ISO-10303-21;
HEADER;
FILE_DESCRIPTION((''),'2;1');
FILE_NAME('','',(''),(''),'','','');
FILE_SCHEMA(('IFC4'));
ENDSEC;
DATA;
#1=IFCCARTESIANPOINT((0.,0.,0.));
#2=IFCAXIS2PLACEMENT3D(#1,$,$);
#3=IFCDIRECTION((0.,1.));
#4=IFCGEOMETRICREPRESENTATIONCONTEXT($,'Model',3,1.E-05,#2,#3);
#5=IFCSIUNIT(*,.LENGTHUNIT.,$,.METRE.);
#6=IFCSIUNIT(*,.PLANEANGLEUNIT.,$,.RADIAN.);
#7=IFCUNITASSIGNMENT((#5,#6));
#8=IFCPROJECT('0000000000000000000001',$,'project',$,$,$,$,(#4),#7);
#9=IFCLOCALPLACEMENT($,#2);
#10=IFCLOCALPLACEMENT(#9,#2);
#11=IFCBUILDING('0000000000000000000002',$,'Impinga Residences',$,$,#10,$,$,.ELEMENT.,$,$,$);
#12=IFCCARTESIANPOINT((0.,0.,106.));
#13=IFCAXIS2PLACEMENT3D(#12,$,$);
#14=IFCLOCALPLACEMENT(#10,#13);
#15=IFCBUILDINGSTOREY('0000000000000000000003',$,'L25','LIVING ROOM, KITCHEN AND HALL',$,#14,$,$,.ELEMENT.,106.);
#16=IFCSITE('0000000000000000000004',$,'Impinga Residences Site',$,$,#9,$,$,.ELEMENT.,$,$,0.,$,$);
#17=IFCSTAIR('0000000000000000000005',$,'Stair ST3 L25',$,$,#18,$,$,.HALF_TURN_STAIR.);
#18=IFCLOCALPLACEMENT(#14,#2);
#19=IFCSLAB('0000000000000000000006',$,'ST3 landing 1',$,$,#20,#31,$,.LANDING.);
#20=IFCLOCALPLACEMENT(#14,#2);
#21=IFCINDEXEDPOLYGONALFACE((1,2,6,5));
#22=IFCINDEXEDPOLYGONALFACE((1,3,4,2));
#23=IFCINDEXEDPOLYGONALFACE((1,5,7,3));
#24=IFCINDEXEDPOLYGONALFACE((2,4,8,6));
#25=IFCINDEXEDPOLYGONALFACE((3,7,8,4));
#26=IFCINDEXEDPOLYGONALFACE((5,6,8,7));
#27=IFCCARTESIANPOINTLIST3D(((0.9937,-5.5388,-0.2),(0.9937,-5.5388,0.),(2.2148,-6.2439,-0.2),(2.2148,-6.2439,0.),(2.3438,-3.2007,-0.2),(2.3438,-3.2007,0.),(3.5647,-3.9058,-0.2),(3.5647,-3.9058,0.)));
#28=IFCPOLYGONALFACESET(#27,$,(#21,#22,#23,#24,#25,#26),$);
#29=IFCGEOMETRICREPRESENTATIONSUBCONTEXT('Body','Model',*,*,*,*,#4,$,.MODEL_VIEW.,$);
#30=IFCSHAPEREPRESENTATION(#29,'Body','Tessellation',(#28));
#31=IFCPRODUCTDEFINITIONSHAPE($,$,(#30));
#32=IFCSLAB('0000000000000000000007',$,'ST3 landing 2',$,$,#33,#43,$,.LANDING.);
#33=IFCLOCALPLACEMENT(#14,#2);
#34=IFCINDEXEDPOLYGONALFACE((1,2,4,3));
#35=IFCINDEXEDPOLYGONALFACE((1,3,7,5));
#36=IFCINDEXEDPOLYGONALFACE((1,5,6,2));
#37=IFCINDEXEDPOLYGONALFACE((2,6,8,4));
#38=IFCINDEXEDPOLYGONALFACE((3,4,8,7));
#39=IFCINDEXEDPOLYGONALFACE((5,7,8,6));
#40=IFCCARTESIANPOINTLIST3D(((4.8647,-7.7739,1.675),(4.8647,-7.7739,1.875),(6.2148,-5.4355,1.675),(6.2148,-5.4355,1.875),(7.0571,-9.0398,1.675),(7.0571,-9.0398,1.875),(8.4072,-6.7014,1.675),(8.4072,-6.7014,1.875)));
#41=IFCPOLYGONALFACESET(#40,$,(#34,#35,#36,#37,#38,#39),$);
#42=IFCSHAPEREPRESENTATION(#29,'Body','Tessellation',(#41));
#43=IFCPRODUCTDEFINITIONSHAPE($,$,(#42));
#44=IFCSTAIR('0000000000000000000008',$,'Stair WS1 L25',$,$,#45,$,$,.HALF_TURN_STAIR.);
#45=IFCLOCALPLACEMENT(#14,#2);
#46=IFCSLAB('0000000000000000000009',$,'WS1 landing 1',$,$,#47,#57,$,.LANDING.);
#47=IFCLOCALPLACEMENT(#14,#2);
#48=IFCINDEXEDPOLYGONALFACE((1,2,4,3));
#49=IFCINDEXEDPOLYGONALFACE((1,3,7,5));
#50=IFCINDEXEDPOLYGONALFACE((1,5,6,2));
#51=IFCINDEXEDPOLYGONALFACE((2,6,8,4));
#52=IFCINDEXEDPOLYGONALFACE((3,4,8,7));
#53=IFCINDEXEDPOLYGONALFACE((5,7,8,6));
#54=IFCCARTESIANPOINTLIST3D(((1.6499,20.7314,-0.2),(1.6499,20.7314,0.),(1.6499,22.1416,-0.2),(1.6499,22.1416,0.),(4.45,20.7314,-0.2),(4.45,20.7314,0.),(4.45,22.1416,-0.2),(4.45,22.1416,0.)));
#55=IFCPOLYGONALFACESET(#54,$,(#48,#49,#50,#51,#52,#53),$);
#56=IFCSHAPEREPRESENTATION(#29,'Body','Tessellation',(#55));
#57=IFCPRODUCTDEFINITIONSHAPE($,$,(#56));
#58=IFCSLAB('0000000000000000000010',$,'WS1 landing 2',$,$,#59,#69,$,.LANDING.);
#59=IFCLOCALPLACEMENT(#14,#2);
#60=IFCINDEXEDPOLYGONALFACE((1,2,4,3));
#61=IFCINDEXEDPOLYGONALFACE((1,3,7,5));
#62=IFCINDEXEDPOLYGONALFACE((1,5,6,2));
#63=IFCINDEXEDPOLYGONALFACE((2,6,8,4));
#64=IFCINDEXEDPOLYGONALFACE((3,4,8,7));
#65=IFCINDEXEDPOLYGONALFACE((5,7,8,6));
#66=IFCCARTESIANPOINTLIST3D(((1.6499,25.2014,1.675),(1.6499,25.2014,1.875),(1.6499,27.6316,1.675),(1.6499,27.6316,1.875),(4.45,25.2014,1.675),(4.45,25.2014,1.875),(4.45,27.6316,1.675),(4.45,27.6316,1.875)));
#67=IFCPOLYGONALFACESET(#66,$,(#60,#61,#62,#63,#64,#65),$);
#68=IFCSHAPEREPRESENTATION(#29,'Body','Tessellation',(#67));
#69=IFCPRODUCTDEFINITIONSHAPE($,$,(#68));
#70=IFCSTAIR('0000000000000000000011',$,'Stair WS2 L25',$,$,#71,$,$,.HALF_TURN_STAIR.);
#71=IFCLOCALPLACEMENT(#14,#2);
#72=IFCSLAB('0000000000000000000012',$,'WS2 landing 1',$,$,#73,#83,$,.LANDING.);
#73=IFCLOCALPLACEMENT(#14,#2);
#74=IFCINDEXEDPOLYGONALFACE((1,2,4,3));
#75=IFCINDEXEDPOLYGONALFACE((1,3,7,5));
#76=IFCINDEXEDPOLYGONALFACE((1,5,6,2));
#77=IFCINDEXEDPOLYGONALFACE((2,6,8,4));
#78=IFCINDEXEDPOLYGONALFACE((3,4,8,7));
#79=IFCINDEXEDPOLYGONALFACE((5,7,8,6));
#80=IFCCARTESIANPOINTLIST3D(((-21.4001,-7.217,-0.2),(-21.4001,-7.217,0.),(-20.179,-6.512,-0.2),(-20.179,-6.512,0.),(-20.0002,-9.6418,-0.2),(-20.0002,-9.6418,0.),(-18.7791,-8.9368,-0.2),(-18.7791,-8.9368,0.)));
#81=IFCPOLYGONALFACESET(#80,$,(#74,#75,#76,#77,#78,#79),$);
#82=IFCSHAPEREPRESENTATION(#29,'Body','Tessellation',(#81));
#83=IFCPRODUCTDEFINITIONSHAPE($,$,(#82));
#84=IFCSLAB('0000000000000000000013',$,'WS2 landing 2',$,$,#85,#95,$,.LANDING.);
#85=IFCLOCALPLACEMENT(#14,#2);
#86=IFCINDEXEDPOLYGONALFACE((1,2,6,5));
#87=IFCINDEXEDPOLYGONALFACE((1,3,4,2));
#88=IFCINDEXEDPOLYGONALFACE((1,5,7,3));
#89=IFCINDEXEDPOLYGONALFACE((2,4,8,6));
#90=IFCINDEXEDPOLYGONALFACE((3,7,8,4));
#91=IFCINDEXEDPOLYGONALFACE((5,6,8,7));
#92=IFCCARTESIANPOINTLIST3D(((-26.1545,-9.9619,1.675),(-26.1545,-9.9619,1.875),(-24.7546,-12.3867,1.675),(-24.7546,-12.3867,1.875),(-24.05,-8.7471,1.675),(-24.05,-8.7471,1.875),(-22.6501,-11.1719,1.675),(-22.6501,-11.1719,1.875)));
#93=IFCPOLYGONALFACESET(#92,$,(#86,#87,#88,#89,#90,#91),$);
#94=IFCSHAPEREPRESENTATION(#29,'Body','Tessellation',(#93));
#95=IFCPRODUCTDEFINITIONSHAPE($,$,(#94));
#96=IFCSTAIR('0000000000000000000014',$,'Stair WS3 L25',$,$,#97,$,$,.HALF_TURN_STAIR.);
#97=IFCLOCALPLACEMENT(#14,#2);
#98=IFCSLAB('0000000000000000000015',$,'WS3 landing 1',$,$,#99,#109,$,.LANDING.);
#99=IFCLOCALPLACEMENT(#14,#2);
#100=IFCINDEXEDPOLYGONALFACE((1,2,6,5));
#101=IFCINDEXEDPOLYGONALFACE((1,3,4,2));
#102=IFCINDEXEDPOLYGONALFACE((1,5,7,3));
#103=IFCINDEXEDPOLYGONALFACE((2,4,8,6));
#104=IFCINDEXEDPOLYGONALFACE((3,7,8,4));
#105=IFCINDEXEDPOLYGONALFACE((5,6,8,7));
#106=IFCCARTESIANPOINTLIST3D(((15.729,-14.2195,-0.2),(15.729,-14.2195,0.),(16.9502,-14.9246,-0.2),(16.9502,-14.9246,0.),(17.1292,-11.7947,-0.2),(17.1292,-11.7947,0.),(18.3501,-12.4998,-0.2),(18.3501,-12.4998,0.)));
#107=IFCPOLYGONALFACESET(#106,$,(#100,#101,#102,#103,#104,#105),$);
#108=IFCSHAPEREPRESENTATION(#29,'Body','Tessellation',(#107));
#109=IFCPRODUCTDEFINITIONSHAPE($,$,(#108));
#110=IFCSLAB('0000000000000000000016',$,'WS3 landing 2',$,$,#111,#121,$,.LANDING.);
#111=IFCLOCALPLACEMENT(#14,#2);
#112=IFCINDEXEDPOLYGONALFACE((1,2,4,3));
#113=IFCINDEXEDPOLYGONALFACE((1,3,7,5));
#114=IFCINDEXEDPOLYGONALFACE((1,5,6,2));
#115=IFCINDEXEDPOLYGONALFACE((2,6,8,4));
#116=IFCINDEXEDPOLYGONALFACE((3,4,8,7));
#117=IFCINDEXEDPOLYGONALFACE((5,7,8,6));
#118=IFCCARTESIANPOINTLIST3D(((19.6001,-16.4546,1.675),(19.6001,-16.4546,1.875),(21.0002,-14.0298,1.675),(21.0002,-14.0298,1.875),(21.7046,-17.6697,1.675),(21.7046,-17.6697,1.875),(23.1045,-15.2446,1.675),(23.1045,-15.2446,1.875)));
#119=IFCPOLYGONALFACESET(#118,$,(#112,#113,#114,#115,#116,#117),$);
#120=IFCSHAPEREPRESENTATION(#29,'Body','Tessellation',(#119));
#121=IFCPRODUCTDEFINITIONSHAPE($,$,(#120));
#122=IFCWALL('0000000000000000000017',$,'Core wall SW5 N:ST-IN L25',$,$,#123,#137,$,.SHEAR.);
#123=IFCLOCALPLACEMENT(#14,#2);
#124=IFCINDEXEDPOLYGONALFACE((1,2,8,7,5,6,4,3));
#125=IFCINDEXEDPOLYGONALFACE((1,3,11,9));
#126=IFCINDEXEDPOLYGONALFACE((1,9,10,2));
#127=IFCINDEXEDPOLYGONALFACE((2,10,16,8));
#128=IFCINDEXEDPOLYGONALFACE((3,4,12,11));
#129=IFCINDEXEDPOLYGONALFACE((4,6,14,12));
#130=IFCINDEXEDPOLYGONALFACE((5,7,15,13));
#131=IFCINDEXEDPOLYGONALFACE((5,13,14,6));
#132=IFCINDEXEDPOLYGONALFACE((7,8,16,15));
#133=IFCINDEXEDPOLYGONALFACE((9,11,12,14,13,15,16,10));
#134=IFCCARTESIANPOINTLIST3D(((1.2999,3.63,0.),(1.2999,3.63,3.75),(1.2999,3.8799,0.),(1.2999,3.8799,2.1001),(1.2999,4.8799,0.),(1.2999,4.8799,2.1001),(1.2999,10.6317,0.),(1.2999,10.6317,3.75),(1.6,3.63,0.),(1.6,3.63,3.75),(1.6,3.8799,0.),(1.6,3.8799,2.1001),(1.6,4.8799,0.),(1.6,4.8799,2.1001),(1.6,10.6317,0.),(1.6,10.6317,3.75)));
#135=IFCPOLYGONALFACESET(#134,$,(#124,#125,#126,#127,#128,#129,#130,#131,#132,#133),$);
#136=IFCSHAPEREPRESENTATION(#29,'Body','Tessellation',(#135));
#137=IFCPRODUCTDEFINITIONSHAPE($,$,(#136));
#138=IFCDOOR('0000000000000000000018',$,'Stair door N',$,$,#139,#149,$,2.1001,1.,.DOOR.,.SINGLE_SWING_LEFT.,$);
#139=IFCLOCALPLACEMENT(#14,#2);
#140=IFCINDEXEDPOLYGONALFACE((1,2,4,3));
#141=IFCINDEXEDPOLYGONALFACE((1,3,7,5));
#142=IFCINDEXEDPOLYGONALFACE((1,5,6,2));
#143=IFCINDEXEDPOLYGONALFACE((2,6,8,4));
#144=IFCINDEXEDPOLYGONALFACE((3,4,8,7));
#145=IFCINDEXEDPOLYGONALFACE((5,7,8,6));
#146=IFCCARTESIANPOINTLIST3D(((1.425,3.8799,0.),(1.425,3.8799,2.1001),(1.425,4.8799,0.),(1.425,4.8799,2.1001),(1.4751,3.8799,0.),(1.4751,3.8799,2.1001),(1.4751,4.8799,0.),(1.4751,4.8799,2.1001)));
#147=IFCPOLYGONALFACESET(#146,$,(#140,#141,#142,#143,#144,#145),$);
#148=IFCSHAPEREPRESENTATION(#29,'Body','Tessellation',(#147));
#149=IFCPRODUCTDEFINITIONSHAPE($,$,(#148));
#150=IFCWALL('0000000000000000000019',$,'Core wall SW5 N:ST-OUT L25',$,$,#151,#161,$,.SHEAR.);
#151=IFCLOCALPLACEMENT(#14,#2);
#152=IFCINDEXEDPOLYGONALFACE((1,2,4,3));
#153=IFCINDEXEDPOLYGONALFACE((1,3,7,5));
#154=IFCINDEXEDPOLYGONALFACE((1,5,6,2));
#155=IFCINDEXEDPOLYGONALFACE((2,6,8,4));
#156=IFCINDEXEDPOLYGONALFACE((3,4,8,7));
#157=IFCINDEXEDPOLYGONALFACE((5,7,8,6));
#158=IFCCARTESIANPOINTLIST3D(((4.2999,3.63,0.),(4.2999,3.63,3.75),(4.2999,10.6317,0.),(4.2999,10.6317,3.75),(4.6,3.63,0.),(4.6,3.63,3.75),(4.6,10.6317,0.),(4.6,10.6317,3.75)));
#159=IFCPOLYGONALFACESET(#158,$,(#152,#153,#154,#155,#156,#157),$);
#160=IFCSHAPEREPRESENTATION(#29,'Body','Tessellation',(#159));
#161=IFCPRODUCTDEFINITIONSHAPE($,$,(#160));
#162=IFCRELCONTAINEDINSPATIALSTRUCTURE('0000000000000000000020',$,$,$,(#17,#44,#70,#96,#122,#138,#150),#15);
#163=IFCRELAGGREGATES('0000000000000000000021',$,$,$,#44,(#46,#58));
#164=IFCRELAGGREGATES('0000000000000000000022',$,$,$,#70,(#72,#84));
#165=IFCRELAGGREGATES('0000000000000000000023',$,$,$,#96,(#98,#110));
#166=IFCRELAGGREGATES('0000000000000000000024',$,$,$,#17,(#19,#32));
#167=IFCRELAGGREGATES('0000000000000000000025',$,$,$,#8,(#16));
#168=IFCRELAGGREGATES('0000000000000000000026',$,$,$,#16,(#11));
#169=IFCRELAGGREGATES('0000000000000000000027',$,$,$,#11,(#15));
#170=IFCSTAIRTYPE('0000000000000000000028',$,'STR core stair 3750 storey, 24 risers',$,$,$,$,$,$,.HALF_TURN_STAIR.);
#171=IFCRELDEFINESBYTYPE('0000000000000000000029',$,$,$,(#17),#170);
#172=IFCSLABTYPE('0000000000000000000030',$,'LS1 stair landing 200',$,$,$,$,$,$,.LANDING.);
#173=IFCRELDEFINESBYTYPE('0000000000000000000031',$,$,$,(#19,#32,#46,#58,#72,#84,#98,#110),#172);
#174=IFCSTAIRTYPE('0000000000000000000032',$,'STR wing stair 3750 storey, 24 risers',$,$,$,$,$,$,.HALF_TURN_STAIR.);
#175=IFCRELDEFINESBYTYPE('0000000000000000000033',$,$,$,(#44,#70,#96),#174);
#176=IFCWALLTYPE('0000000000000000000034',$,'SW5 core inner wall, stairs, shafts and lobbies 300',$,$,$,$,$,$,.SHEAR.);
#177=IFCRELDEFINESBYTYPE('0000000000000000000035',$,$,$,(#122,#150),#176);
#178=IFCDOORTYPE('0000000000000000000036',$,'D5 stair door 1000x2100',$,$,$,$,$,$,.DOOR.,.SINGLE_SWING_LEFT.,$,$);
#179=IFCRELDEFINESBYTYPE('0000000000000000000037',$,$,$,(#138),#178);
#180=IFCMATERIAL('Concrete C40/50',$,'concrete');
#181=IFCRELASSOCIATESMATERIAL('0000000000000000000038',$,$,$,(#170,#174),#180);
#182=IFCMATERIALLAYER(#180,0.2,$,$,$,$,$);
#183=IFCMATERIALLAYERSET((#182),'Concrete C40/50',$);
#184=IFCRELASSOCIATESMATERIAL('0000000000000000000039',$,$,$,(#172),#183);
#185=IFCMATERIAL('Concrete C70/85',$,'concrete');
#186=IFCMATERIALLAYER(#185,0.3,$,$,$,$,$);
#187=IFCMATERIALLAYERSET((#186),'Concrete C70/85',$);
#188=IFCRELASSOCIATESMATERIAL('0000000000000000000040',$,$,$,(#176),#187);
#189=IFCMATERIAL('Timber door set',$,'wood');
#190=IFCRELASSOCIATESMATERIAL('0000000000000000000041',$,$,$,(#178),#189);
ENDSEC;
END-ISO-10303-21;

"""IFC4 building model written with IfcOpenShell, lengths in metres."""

from ifc_helpers import new_model, si_unit, direction, frame, frame_2d, origin, place, context, subcontext, project, spatial, polyline, rectangle, outline, extrude, material, layer, layer_set, type_object, element, fill, aggregate, save


model = new_model("IFC4")

# Units and contexts
model_context = context("Model", 3, precision=1e-05, world=origin(), true_north=direction((0.0, 1.0)))
body_context = subcontext(model_context, "Body", "Model", "MODEL_VIEW")
ifc_project = project(units=[si_unit("LENGTHUNIT", "METRE"), si_unit("PLANEANGLEUNIT", "RADIAN")], contexts=[model_context])

# Site, building, storey
site_placement = place(None, origin())
site = spatial("IfcSite", under=ifc_project, at=site_placement, Name="Impinga Residences Site", CompositionType="ELEMENT", RefElevation=0.0)
building_placement = place(site_placement, origin())
building = spatial("IfcBuilding", under=site, at=building_placement, Name="Impinga Residences", CompositionType="ELEMENT")
storey_placement = place(building_placement, frame((0.0, 0.0, 106.0)))
storey = spatial("IfcBuildingStorey", under=building, at=storey_placement, Name="L25", Description="LIVING ROOM, KITCHEN AND HALL", CompositionType="ELEMENT", Elevation=106.0)

# Stairs, slabs
ifc_material_1 = material(Name="Concrete C40/50", Category="concrete")
stair_type_1 = type_object("IfcStairType", Name="STR core stair 3750 storey, 24 risers", PredefinedType="HALF_TURN_STAIR", material=ifc_material_1)
stair_1_placement = place(storey_placement, origin())
stair_1 = element("IfcStair", 1, at=stair_1_placement, inside=storey, type_object=stair_type_1, Name="Stair ST3 L25", PredefinedType="HALF_TURN_STAIR")
ifc_layer_1 = layer(ifc_material_1, 0.2)
ifc_layer_set_1 = layer_set([ifc_layer_1], Name="Concrete C40/50")
slab_type = type_object("IfcSlabType", Name="LS1 stair landing 200", PredefinedType="LANDING", material=ifc_layer_set_1)
slab_1_placement = place(storey_placement, frame((0.0, 0.0, -0.2)))
slab_1 = element("IfcSlab", 2, at=slab_1_placement, type_object=slab_type, Name="ST3 landing 1", PredefinedType="LANDING", context=body_context, shape_type="SweptSolid", body=[
    extrude(outline(polyline([(2.3438, -3.2007), (0.9937, -5.5388), (2.2148, -6.2439), (3.5647, -3.9058), (2.3438, -3.2007)])), origin(), (0.0, 0.0, 1.0), 0.2),
])
slab_2_placement = place(storey_placement, frame((0.0, 0.0, 1.675)))
slab_2 = element("IfcSlab", 3, at=slab_2_placement, type_object=slab_type, Name="ST3 landing 2", PredefinedType="LANDING", context=body_context, shape_type="SweptSolid", body=[
    extrude(outline(polyline([(6.2148, -5.4355), (4.8647, -7.7739), (7.0571, -9.0398), (8.4072, -6.7014), (6.2148, -5.4355)])), origin(), (0.0, 0.0, 1.0), 0.2),
])
stair_type_2 = type_object("IfcStairType", Name="STR wing stair 3750 storey, 24 risers", PredefinedType="HALF_TURN_STAIR", material=ifc_material_1)
stair_2_placement = place(storey_placement, origin())
stair_2 = element("IfcStair", 4, at=stair_2_placement, inside=storey, type_object=stair_type_2, Name="Stair WS1 L25", PredefinedType="HALF_TURN_STAIR")
slab_3_placement = place(storey_placement, frame((0.0, 0.0, -0.2)))
slab_3 = element("IfcSlab", 5, at=slab_3_placement, type_object=slab_type, Name="WS1 landing 1", PredefinedType="LANDING", context=body_context, shape_type="SweptSolid", body=[
    extrude(outline(polyline([(1.6499, 20.7314), (4.45, 20.7314), (4.45, 22.1416), (1.6499, 22.1416), (1.6499, 20.7314)])), origin(), (0.0, 0.0, 1.0), 0.2),
])
slab_4_placement = place(storey_placement, frame((0.0, 0.0, 1.675)))
slab_4 = element("IfcSlab", 6, at=slab_4_placement, type_object=slab_type, Name="WS1 landing 2", PredefinedType="LANDING", context=body_context, shape_type="SweptSolid", body=[
    extrude(outline(polyline([(1.6499, 25.2014), (4.45, 25.2014), (4.45, 27.6316), (1.6499, 27.6316), (1.6499, 25.2014)])), origin(), (0.0, 0.0, 1.0), 0.2),
])
aggregate(stair_2, [slab_3, slab_4])
stair_3_placement = place(storey_placement, origin())
stair_3 = element("IfcStair", 7, at=stair_3_placement, inside=storey, type_object=stair_type_2, Name="Stair WS2 L25", PredefinedType="HALF_TURN_STAIR")
slab_5_placement = place(storey_placement, frame((0.0, 0.0, -0.2)))
slab_5 = element("IfcSlab", 8, at=slab_5_placement, type_object=slab_type, Name="WS2 landing 1", PredefinedType="LANDING", context=body_context, shape_type="SweptSolid", body=[
    extrude(outline(polyline([(-18.7791, -8.9368), (-20.179, -6.512), (-21.4001, -7.217), (-20.0002, -9.6418), (-18.7791, -8.9368)])), origin(), (0.0, 0.0, 1.0), 0.2),
])
slab_6_placement = place(storey_placement, frame((0.0, 0.0, 1.675)))
slab_6 = element("IfcSlab", 9, at=slab_6_placement, type_object=slab_type, Name="WS2 landing 2", PredefinedType="LANDING", context=body_context, shape_type="SweptSolid", body=[
    extrude(outline(polyline([(-22.6501, -11.1719), (-24.05, -8.7471), (-26.1545, -9.9619), (-24.7546, -12.3867), (-22.6501, -11.1719)])), origin(), (0.0, 0.0, 1.0), 0.2),
])
aggregate(stair_3, [slab_5, slab_6])
stair_4_placement = place(storey_placement, origin())
stair_4 = element("IfcStair", 10, at=stair_4_placement, inside=storey, type_object=stair_type_2, Name="Stair WS3 L25", PredefinedType="HALF_TURN_STAIR")
slab_7_placement = place(storey_placement, frame((0.0, 0.0, -0.2)))
slab_7 = element("IfcSlab", 11, at=slab_7_placement, type_object=slab_type, Name="WS3 landing 1", PredefinedType="LANDING", context=body_context, shape_type="SweptSolid", body=[
    extrude(outline(polyline([(17.1292, -11.7947), (15.729, -14.2195), (16.9502, -14.9246), (18.3501, -12.4998), (17.1292, -11.7947)])), origin(), (0.0, 0.0, 1.0), 0.2),
])
slab_8_placement = place(storey_placement, frame((0.0, 0.0, 1.675)))
slab_8 = element("IfcSlab", 12, at=slab_8_placement, type_object=slab_type, Name="WS3 landing 2", PredefinedType="LANDING", context=body_context, shape_type="SweptSolid", body=[
    extrude(outline(polyline([(21.0002, -14.0298), (19.6001, -16.4546), (21.7046, -17.6697), (23.1045, -15.2446), (21.0002, -14.0298)])), origin(), (0.0, 0.0, 1.0), 0.2),
])
aggregate(stair_4, [slab_7, slab_8])

# Wall, opening, door
ifc_material_2 = material(Name="Concrete C70/85", Category="concrete")
ifc_layer_2 = layer(ifc_material_2, 0.3)
ifc_layer_set_2 = layer_set([ifc_layer_2], Name="Concrete C70/85")
wall_type_1 = type_object("IfcWallType", Name="SW5 core inner wall, stairs, shafts and lobbies 300", PredefinedType="SHEAR", material=ifc_layer_set_2)
wall_1_placement = place(storey_placement, frame((1.45, 3.6299, 0.0), z_axis=(0.0, 0.0, 1.0), x_axis=(0.0, 1.0, 0.0)))
wall_1 = element("IfcWall", 13, at=wall_1_placement, inside=storey, type_object=wall_type_1, Name="Core wall SW5 N:ST-IN L25", PredefinedType="SHEAR", context=body_context, shape_type="SweptSolid", body=[
    extrude(rectangle(XDim=7.0017, YDim=0.3, at=frame_2d((3.501, 0.0))), origin(), (0.0, 0.0, 1.0), 3.75),
])
opening_1_placement = place(wall_1_placement, frame((0.25, 0.0, 0.0)))
opening_1 = element("IfcOpeningElement", 14, at=opening_1_placement, cuts=wall_1, PredefinedType="OPENING", context=body_context, shape_type="SweptSolid", body=[
    extrude(rectangle(XDim=1.0, YDim=2.1001, at=frame_2d((0.5, 1.05))), frame((0.0, 0.1599, 0.0), z_axis=(0.0, -1.0, 0.0), x_axis=(1.0, 0.0, 0.0)), (0.0, 0.0, 1.0), 0.3201),
])
ifc_material_3 = material(Name="Timber door set", Category="wood")
door_type_1 = type_object("IfcDoorType", Name="D5 stair door 1000x2100", OperationType="SINGLE_SWING_LEFT", PredefinedType="DOOR", material=ifc_material_3)
door_1_placement = place(opening_1_placement, origin())
door_1 = element("IfcDoor", 15, at=door_1_placement, inside=storey, type_object=door_type_1, Name="Stair door N", OperationType="SINGLE_SWING_LEFT", OverallHeight=2.1001, OverallWidth=1.0, PredefinedType="DOOR", context=body_context, shape_type="SweptSolid", body=[
    extrude(rectangle(XDim=1.0, YDim=2.1001, at=frame_2d((0.5, 1.05))), frame((0.0, 0.0249, 0.0), z_axis=(0.0, -1.0, 0.0), x_axis=(1.0, 0.0, 0.0)), (0.0, 0.0, 1.0), 0.05),
])
fill(opening_1, door_1)

# Wall
wall_2_placement = place(storey_placement, frame((4.45, 3.6299, 0.0), z_axis=(0.0, 0.0, 1.0), x_axis=(0.0, 1.0, 0.0)))
element("IfcWall", 16, at=wall_2_placement, inside=storey, type_object=wall_type_1, Name="Core wall SW5 N:ST-OUT L25", PredefinedType="SHEAR", context=body_context, shape_type="SweptSolid", body=[
    extrude(rectangle(XDim=7.0017, YDim=0.3, at=frame_2d((3.501, 0.0))), origin(), (0.0, 0.0, 1.0), 3.75),
])

aggregate(stair_1, [slab_1, slab_2])

save(model, "model.ifc")
